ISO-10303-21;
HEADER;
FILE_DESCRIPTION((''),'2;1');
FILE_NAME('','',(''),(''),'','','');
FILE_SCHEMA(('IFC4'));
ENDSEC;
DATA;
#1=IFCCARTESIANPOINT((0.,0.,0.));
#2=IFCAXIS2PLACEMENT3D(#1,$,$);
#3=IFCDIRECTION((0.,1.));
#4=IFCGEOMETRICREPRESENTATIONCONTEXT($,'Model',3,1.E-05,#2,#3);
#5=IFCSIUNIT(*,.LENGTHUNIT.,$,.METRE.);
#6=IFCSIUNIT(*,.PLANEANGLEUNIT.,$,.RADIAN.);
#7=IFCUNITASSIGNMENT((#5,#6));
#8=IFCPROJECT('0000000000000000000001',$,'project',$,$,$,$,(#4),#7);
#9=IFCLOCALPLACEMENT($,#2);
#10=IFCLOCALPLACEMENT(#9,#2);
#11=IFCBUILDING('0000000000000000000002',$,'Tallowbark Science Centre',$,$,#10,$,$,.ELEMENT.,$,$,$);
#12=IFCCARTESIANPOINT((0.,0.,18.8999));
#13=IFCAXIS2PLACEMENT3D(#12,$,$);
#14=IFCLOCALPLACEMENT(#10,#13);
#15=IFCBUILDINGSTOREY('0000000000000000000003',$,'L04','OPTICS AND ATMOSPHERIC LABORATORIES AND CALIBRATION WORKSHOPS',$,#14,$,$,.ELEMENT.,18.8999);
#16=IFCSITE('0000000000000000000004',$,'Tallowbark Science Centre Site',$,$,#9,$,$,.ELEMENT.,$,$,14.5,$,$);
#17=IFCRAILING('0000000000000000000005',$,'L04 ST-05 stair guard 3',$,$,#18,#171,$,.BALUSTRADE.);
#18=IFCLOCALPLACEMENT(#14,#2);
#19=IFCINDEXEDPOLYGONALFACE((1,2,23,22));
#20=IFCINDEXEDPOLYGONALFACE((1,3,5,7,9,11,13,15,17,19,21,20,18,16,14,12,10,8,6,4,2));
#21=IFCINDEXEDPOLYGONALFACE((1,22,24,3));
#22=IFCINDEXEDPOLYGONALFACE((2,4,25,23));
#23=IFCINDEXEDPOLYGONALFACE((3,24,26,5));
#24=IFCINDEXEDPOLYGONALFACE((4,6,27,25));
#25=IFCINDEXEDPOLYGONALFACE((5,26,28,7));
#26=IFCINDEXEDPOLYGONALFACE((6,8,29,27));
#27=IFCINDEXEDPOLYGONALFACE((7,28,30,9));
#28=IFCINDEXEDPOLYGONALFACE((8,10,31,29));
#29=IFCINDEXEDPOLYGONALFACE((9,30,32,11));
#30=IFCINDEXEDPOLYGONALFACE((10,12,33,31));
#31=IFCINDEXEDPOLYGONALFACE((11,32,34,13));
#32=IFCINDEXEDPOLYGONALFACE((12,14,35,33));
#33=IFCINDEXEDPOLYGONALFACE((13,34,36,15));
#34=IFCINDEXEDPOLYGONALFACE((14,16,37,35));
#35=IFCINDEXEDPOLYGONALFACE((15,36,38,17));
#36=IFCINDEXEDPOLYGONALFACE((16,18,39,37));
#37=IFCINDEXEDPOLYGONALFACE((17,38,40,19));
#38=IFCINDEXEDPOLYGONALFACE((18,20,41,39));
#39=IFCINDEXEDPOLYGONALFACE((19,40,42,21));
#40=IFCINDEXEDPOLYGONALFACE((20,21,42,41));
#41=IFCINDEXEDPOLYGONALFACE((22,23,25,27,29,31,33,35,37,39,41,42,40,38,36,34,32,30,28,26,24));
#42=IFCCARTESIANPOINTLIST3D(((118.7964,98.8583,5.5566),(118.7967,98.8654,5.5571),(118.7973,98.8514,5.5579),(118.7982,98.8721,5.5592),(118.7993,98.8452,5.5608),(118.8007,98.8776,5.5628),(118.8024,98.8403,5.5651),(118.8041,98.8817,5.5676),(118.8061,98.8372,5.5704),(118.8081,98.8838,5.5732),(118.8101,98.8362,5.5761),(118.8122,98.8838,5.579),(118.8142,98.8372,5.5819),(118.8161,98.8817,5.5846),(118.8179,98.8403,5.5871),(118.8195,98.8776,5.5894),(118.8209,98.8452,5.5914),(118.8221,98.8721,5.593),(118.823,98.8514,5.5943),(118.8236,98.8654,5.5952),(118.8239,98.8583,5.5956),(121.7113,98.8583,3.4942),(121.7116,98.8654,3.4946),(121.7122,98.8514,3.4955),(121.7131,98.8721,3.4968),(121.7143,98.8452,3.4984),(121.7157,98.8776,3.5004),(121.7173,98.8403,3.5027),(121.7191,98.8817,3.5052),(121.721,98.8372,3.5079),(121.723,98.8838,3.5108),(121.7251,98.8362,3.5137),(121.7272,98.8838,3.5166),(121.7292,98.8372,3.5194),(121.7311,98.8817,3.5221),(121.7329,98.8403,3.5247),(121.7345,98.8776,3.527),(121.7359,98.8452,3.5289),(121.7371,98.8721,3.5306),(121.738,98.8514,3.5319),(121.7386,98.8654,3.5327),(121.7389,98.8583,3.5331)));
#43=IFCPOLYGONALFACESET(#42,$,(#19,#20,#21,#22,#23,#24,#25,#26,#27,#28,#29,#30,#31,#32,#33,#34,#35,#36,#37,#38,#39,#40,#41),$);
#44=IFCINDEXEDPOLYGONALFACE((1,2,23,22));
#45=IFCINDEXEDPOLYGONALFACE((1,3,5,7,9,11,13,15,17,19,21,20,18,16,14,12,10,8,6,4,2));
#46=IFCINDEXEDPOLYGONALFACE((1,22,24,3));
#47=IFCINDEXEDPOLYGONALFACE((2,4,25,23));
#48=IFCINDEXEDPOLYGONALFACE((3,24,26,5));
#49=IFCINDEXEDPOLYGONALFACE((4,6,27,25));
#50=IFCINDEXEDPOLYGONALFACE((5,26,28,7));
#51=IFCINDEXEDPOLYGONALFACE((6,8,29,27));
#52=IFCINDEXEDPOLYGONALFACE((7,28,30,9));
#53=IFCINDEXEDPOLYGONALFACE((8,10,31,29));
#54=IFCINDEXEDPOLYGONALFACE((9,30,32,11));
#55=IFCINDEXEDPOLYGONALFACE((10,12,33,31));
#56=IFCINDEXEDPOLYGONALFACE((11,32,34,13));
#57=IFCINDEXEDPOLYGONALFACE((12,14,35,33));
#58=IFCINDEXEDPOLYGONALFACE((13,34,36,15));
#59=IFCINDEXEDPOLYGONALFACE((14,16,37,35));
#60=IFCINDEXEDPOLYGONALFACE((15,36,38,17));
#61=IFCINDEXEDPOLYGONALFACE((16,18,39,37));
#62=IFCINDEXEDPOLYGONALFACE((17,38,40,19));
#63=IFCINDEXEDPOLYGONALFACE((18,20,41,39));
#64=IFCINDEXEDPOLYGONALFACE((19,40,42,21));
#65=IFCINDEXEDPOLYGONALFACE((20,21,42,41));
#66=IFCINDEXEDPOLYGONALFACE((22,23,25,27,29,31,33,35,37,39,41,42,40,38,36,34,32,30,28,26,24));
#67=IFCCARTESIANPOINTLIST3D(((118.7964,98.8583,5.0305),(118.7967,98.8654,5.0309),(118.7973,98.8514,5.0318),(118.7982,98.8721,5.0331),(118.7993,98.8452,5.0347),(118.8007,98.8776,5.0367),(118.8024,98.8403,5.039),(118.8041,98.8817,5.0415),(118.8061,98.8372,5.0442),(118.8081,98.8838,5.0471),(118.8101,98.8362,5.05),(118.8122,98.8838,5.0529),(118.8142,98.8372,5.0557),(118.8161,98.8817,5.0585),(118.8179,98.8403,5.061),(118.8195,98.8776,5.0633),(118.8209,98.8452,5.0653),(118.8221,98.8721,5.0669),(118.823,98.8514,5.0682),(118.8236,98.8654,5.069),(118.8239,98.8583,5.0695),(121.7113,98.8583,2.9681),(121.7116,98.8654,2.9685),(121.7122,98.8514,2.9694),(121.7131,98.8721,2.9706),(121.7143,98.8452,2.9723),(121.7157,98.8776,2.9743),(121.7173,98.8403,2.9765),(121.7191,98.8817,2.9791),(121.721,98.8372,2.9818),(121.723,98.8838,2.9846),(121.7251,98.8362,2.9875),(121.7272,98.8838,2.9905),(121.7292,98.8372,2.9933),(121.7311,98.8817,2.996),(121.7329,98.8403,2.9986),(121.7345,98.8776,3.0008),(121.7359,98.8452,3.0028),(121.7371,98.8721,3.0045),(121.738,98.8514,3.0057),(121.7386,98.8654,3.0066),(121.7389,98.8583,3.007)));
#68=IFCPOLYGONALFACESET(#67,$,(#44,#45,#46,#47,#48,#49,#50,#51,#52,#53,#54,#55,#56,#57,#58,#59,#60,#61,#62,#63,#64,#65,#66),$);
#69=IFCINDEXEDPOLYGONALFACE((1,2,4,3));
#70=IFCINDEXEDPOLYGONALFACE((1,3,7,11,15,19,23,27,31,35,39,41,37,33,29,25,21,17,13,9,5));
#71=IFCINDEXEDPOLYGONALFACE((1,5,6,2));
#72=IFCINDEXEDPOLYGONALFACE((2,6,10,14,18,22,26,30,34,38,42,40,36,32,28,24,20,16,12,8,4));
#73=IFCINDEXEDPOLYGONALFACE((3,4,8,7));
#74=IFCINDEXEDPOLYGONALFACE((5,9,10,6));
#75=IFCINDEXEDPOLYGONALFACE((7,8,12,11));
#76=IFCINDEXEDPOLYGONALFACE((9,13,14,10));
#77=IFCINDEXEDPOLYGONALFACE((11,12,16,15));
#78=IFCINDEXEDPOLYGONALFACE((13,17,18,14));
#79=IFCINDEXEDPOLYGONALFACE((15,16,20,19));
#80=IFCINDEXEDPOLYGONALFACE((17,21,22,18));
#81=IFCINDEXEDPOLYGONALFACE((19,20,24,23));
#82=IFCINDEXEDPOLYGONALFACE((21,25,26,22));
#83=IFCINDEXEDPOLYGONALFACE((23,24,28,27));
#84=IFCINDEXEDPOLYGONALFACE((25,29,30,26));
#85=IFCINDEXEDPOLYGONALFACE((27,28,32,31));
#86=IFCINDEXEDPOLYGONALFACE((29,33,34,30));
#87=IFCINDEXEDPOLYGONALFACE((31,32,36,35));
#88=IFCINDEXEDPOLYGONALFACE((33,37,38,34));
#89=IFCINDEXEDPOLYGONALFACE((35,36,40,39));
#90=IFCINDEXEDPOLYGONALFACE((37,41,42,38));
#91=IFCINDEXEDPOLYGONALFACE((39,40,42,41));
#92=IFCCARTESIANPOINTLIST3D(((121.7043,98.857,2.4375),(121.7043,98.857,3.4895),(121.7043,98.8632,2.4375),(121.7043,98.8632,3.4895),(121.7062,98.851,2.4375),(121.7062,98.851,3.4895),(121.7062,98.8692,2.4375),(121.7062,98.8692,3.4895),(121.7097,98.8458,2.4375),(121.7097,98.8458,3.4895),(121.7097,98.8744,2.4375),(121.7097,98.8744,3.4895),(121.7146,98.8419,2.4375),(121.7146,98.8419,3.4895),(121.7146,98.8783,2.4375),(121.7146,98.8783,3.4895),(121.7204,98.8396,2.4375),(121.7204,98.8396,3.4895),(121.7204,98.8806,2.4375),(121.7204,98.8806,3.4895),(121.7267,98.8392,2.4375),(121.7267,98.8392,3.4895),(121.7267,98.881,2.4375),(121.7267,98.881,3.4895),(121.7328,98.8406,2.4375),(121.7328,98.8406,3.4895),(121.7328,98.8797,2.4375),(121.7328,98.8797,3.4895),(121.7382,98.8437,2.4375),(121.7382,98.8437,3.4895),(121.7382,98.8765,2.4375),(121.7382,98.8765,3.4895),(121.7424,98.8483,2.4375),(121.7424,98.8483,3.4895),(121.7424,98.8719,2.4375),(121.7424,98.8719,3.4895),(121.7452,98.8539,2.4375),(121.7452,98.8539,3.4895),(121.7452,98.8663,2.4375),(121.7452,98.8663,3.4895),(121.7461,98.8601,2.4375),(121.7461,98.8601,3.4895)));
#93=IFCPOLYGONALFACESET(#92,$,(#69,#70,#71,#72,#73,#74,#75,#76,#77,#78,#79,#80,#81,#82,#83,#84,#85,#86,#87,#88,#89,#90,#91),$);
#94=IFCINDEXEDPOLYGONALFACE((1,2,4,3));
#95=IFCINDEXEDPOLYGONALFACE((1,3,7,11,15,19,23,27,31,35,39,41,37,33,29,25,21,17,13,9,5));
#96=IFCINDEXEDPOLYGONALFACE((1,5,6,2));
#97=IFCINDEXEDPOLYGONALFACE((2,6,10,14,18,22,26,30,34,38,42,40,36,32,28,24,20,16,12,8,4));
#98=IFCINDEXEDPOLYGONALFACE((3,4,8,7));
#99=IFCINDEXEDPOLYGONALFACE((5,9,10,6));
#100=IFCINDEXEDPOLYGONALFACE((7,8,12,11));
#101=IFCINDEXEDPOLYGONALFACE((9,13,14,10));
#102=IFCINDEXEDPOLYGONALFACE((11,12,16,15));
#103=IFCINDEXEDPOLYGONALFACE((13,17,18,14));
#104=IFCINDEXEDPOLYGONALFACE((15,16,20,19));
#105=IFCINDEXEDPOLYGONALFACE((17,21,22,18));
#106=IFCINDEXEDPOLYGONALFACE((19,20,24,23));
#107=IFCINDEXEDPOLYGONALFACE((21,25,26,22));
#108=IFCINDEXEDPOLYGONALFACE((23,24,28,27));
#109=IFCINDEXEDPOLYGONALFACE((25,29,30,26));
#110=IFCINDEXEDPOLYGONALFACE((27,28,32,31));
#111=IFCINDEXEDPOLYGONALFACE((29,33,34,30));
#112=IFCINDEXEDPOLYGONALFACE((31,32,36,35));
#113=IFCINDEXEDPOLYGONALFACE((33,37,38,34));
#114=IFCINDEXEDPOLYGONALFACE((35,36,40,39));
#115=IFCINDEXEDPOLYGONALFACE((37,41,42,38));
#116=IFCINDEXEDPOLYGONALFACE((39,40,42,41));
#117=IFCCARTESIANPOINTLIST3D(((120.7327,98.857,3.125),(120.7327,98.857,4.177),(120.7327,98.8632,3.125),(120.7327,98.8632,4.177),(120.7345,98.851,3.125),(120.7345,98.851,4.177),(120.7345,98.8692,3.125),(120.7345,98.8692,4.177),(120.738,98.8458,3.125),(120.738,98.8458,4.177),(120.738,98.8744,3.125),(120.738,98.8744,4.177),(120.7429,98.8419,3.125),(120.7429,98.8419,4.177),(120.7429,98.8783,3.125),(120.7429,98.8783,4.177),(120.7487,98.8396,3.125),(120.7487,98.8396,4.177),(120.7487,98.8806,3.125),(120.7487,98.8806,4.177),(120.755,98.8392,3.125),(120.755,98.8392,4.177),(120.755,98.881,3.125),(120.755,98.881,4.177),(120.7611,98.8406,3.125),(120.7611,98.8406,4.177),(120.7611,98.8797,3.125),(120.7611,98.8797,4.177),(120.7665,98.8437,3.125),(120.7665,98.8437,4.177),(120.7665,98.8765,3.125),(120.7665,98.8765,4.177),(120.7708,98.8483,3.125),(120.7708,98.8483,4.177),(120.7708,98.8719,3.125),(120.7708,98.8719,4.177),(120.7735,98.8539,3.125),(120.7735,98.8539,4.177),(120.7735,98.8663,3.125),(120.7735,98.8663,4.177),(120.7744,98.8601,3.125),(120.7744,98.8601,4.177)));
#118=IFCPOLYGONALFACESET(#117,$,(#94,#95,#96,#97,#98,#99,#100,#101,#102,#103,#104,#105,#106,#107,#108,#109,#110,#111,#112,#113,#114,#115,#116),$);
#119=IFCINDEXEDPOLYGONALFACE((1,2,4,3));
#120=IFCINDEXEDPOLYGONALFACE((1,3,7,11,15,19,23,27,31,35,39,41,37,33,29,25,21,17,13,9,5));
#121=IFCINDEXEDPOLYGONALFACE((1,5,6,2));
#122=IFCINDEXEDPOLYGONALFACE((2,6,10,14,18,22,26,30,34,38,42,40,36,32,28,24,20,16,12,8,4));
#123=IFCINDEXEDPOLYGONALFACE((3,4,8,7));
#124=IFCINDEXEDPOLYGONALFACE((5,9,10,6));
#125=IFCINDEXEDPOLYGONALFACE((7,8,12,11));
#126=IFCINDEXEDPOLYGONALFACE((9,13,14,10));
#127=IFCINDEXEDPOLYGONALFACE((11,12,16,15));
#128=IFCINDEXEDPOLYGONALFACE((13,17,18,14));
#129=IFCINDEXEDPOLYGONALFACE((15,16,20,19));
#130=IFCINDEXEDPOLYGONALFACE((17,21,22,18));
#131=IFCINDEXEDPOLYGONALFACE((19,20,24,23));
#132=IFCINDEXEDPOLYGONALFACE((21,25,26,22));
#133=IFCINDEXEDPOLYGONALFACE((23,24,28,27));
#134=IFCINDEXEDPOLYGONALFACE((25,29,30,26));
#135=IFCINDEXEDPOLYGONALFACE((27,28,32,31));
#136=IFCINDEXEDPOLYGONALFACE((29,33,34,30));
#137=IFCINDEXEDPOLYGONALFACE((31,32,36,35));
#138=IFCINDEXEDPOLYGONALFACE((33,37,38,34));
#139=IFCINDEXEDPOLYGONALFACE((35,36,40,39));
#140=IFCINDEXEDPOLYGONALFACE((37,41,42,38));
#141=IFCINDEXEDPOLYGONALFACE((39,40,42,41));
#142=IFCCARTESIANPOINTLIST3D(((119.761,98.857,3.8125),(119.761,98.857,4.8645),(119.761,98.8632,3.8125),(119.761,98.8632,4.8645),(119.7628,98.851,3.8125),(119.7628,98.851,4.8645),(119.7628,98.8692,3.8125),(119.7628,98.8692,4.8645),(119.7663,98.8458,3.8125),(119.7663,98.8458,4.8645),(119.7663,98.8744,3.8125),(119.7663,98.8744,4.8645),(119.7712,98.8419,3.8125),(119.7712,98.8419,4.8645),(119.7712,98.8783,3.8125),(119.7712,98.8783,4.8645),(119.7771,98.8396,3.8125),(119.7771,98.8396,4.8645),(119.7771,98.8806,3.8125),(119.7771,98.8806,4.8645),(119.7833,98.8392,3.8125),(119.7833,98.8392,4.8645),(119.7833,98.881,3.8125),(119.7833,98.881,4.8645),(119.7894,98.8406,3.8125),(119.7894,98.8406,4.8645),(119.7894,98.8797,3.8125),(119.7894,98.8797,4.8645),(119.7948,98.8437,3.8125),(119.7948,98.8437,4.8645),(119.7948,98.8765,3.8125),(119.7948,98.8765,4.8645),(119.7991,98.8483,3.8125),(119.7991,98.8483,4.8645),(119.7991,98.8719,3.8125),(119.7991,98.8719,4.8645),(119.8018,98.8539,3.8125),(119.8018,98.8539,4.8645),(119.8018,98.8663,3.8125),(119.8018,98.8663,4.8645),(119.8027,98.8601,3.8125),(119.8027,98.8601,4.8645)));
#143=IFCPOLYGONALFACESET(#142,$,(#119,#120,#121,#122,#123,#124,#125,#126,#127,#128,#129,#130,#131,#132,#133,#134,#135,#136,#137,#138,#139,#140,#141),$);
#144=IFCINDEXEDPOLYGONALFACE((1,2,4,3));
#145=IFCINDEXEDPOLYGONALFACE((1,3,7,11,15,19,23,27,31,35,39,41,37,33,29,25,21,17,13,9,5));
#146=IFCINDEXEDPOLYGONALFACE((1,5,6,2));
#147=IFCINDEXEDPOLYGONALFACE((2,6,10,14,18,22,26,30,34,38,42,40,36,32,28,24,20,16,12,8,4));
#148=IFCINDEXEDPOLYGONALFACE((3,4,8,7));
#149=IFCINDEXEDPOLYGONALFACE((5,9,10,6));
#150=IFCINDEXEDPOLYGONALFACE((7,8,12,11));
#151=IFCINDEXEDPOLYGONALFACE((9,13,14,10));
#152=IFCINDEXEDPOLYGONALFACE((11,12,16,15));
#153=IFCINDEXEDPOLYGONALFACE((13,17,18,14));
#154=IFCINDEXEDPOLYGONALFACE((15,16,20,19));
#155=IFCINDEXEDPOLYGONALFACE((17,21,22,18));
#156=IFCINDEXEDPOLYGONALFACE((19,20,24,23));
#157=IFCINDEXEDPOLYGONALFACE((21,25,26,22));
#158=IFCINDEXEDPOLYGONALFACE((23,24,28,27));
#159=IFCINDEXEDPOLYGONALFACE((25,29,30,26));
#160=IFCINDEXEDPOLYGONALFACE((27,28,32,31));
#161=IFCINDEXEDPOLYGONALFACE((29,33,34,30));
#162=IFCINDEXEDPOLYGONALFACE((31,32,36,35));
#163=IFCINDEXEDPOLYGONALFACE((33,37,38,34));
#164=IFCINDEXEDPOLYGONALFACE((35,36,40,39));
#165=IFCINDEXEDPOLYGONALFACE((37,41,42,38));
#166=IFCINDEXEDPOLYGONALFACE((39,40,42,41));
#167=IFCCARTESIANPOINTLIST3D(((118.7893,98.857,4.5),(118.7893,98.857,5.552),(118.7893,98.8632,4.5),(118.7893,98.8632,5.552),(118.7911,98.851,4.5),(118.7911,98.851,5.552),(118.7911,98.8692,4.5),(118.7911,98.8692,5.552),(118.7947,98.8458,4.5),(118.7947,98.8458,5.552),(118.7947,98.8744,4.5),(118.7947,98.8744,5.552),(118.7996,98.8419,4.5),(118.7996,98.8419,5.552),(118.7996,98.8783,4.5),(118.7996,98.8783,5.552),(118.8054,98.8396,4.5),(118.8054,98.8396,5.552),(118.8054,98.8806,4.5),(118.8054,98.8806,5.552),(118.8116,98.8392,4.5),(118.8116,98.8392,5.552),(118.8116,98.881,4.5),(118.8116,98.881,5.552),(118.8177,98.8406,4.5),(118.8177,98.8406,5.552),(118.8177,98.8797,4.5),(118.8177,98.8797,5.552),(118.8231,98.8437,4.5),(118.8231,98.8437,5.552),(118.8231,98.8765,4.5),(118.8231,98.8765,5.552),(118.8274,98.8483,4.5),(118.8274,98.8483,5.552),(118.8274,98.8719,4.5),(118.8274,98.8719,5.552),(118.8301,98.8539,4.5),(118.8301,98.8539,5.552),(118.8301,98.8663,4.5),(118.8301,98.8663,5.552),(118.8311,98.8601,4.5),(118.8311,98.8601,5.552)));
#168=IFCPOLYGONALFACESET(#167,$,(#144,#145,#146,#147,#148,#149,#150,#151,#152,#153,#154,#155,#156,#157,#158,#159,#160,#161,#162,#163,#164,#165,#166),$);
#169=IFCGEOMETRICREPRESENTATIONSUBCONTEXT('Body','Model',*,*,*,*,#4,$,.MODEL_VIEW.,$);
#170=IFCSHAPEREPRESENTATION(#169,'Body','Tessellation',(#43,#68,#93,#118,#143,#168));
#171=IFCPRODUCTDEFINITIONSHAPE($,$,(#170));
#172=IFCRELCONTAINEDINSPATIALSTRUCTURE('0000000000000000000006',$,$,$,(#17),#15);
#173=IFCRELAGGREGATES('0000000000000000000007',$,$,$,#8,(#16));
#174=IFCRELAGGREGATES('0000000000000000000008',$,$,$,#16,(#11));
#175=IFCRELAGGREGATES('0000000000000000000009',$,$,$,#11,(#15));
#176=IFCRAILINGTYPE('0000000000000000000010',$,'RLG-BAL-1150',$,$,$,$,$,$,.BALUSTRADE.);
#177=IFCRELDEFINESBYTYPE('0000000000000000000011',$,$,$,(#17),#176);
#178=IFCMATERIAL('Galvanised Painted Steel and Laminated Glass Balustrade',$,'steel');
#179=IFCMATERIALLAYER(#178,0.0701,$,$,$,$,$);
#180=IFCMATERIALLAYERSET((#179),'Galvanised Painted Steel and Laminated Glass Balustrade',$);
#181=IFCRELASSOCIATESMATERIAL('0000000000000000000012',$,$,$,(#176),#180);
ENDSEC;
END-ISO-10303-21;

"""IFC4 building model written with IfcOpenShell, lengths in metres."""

from ifc_helpers import new_model, si_unit, direction, frame, origin, origin_2d, place, context, subcontext, project, spatial, circle, extrude, material, layer, layer_set, type_object, element, save


model = new_model("IFC4")

# Units and contexts
model_context = context("Model", 3, precision=1e-05, world=origin(), true_north=direction((0.0, 1.0)))
body_context = subcontext(model_context, "Body", "Model", "MODEL_VIEW")
ifc_project = project(units=[si_unit("LENGTHUNIT", "METRE"), si_unit("PLANEANGLEUNIT", "RADIAN")], contexts=[model_context])

# Site, building, storey
site_placement = place(None, origin())
site = spatial("IfcSite", under=ifc_project, at=site_placement, Name="Tallowbark Science Centre Site", CompositionType="ELEMENT", RefElevation=14.5)
building_placement = place(site_placement, origin())
building = spatial("IfcBuilding", under=site, at=building_placement, Name="Tallowbark Science Centre", CompositionType="ELEMENT")
storey_placement = place(building_placement, frame((0.0, 0.0, 18.8999)))
storey = spatial("IfcBuildingStorey", under=building, at=storey_placement, Name="L04", Description="OPTICS AND ATMOSPHERIC LABORATORIES AND CALIBRATION WORKSHOPS", CompositionType="ELEMENT", Elevation=18.8999)

# Railing
ifc_material_1 = material(Name="Galvanised Painted Steel and Laminated Glass Balustrade", Category="steel")
ifc_layer_1 = layer(ifc_material_1, 0.0701)
ifc_layer_set_1 = layer_set([ifc_layer_1], Name="Galvanised Painted Steel and Laminated Glass Balustrade")
railing_type_1 = type_object("IfcRailingType", Name="RLG-BAL-1150", PredefinedType="BALUSTRADE", material=ifc_layer_set_1)
railing_1_placement = place(storey_placement, frame((121.7251, 98.8601, 2.4375)))
element("IfcRailing", 1, at=railing_1_placement, inside=storey, type_object=railing_type_1, Name="L04 ST-05 stair guard 3", PredefinedType="BALUSTRADE", context=body_context, shape_type="SweptSolid", body=[
    extrude(circle(Radius=0.0239, at=origin_2d()), frame((0.0, 0.0, 1.0762), z_axis=(-0.816331, 0.0, 0.577585), x_axis=(0.0, -1.0, 0.0)), (0.0, 0.0, 1.0), 3.5708),
    extrude(circle(Radius=0.0239, at=origin_2d()), frame((0.0, 0.0, 0.55), z_axis=(-0.816331, 0.0, 0.577585), x_axis=(0.0, -1.0, 0.0)), (0.0, 0.0, 1.0), 3.5708),
    extrude(circle(Radius=0.021, at=origin_2d()), origin(), (0.0, 0.0, 1.0), 1.052),
    extrude(circle(Radius=0.021, at=origin_2d()), frame((-0.9717, 0.0, 0.6875)), (0.0, 0.0, 1.0), 1.052),
    extrude(circle(Radius=0.021, at=origin_2d()), frame((-1.9434, 0.0, 1.375)), (0.0, 0.0, 1.0), 1.052),
    extrude(circle(Radius=0.021, at=origin_2d()), frame((-2.915, 0.0, 2.0625)), (0.0, 0.0, 1.0), 1.052),
])

save(model, "model.ifc")
